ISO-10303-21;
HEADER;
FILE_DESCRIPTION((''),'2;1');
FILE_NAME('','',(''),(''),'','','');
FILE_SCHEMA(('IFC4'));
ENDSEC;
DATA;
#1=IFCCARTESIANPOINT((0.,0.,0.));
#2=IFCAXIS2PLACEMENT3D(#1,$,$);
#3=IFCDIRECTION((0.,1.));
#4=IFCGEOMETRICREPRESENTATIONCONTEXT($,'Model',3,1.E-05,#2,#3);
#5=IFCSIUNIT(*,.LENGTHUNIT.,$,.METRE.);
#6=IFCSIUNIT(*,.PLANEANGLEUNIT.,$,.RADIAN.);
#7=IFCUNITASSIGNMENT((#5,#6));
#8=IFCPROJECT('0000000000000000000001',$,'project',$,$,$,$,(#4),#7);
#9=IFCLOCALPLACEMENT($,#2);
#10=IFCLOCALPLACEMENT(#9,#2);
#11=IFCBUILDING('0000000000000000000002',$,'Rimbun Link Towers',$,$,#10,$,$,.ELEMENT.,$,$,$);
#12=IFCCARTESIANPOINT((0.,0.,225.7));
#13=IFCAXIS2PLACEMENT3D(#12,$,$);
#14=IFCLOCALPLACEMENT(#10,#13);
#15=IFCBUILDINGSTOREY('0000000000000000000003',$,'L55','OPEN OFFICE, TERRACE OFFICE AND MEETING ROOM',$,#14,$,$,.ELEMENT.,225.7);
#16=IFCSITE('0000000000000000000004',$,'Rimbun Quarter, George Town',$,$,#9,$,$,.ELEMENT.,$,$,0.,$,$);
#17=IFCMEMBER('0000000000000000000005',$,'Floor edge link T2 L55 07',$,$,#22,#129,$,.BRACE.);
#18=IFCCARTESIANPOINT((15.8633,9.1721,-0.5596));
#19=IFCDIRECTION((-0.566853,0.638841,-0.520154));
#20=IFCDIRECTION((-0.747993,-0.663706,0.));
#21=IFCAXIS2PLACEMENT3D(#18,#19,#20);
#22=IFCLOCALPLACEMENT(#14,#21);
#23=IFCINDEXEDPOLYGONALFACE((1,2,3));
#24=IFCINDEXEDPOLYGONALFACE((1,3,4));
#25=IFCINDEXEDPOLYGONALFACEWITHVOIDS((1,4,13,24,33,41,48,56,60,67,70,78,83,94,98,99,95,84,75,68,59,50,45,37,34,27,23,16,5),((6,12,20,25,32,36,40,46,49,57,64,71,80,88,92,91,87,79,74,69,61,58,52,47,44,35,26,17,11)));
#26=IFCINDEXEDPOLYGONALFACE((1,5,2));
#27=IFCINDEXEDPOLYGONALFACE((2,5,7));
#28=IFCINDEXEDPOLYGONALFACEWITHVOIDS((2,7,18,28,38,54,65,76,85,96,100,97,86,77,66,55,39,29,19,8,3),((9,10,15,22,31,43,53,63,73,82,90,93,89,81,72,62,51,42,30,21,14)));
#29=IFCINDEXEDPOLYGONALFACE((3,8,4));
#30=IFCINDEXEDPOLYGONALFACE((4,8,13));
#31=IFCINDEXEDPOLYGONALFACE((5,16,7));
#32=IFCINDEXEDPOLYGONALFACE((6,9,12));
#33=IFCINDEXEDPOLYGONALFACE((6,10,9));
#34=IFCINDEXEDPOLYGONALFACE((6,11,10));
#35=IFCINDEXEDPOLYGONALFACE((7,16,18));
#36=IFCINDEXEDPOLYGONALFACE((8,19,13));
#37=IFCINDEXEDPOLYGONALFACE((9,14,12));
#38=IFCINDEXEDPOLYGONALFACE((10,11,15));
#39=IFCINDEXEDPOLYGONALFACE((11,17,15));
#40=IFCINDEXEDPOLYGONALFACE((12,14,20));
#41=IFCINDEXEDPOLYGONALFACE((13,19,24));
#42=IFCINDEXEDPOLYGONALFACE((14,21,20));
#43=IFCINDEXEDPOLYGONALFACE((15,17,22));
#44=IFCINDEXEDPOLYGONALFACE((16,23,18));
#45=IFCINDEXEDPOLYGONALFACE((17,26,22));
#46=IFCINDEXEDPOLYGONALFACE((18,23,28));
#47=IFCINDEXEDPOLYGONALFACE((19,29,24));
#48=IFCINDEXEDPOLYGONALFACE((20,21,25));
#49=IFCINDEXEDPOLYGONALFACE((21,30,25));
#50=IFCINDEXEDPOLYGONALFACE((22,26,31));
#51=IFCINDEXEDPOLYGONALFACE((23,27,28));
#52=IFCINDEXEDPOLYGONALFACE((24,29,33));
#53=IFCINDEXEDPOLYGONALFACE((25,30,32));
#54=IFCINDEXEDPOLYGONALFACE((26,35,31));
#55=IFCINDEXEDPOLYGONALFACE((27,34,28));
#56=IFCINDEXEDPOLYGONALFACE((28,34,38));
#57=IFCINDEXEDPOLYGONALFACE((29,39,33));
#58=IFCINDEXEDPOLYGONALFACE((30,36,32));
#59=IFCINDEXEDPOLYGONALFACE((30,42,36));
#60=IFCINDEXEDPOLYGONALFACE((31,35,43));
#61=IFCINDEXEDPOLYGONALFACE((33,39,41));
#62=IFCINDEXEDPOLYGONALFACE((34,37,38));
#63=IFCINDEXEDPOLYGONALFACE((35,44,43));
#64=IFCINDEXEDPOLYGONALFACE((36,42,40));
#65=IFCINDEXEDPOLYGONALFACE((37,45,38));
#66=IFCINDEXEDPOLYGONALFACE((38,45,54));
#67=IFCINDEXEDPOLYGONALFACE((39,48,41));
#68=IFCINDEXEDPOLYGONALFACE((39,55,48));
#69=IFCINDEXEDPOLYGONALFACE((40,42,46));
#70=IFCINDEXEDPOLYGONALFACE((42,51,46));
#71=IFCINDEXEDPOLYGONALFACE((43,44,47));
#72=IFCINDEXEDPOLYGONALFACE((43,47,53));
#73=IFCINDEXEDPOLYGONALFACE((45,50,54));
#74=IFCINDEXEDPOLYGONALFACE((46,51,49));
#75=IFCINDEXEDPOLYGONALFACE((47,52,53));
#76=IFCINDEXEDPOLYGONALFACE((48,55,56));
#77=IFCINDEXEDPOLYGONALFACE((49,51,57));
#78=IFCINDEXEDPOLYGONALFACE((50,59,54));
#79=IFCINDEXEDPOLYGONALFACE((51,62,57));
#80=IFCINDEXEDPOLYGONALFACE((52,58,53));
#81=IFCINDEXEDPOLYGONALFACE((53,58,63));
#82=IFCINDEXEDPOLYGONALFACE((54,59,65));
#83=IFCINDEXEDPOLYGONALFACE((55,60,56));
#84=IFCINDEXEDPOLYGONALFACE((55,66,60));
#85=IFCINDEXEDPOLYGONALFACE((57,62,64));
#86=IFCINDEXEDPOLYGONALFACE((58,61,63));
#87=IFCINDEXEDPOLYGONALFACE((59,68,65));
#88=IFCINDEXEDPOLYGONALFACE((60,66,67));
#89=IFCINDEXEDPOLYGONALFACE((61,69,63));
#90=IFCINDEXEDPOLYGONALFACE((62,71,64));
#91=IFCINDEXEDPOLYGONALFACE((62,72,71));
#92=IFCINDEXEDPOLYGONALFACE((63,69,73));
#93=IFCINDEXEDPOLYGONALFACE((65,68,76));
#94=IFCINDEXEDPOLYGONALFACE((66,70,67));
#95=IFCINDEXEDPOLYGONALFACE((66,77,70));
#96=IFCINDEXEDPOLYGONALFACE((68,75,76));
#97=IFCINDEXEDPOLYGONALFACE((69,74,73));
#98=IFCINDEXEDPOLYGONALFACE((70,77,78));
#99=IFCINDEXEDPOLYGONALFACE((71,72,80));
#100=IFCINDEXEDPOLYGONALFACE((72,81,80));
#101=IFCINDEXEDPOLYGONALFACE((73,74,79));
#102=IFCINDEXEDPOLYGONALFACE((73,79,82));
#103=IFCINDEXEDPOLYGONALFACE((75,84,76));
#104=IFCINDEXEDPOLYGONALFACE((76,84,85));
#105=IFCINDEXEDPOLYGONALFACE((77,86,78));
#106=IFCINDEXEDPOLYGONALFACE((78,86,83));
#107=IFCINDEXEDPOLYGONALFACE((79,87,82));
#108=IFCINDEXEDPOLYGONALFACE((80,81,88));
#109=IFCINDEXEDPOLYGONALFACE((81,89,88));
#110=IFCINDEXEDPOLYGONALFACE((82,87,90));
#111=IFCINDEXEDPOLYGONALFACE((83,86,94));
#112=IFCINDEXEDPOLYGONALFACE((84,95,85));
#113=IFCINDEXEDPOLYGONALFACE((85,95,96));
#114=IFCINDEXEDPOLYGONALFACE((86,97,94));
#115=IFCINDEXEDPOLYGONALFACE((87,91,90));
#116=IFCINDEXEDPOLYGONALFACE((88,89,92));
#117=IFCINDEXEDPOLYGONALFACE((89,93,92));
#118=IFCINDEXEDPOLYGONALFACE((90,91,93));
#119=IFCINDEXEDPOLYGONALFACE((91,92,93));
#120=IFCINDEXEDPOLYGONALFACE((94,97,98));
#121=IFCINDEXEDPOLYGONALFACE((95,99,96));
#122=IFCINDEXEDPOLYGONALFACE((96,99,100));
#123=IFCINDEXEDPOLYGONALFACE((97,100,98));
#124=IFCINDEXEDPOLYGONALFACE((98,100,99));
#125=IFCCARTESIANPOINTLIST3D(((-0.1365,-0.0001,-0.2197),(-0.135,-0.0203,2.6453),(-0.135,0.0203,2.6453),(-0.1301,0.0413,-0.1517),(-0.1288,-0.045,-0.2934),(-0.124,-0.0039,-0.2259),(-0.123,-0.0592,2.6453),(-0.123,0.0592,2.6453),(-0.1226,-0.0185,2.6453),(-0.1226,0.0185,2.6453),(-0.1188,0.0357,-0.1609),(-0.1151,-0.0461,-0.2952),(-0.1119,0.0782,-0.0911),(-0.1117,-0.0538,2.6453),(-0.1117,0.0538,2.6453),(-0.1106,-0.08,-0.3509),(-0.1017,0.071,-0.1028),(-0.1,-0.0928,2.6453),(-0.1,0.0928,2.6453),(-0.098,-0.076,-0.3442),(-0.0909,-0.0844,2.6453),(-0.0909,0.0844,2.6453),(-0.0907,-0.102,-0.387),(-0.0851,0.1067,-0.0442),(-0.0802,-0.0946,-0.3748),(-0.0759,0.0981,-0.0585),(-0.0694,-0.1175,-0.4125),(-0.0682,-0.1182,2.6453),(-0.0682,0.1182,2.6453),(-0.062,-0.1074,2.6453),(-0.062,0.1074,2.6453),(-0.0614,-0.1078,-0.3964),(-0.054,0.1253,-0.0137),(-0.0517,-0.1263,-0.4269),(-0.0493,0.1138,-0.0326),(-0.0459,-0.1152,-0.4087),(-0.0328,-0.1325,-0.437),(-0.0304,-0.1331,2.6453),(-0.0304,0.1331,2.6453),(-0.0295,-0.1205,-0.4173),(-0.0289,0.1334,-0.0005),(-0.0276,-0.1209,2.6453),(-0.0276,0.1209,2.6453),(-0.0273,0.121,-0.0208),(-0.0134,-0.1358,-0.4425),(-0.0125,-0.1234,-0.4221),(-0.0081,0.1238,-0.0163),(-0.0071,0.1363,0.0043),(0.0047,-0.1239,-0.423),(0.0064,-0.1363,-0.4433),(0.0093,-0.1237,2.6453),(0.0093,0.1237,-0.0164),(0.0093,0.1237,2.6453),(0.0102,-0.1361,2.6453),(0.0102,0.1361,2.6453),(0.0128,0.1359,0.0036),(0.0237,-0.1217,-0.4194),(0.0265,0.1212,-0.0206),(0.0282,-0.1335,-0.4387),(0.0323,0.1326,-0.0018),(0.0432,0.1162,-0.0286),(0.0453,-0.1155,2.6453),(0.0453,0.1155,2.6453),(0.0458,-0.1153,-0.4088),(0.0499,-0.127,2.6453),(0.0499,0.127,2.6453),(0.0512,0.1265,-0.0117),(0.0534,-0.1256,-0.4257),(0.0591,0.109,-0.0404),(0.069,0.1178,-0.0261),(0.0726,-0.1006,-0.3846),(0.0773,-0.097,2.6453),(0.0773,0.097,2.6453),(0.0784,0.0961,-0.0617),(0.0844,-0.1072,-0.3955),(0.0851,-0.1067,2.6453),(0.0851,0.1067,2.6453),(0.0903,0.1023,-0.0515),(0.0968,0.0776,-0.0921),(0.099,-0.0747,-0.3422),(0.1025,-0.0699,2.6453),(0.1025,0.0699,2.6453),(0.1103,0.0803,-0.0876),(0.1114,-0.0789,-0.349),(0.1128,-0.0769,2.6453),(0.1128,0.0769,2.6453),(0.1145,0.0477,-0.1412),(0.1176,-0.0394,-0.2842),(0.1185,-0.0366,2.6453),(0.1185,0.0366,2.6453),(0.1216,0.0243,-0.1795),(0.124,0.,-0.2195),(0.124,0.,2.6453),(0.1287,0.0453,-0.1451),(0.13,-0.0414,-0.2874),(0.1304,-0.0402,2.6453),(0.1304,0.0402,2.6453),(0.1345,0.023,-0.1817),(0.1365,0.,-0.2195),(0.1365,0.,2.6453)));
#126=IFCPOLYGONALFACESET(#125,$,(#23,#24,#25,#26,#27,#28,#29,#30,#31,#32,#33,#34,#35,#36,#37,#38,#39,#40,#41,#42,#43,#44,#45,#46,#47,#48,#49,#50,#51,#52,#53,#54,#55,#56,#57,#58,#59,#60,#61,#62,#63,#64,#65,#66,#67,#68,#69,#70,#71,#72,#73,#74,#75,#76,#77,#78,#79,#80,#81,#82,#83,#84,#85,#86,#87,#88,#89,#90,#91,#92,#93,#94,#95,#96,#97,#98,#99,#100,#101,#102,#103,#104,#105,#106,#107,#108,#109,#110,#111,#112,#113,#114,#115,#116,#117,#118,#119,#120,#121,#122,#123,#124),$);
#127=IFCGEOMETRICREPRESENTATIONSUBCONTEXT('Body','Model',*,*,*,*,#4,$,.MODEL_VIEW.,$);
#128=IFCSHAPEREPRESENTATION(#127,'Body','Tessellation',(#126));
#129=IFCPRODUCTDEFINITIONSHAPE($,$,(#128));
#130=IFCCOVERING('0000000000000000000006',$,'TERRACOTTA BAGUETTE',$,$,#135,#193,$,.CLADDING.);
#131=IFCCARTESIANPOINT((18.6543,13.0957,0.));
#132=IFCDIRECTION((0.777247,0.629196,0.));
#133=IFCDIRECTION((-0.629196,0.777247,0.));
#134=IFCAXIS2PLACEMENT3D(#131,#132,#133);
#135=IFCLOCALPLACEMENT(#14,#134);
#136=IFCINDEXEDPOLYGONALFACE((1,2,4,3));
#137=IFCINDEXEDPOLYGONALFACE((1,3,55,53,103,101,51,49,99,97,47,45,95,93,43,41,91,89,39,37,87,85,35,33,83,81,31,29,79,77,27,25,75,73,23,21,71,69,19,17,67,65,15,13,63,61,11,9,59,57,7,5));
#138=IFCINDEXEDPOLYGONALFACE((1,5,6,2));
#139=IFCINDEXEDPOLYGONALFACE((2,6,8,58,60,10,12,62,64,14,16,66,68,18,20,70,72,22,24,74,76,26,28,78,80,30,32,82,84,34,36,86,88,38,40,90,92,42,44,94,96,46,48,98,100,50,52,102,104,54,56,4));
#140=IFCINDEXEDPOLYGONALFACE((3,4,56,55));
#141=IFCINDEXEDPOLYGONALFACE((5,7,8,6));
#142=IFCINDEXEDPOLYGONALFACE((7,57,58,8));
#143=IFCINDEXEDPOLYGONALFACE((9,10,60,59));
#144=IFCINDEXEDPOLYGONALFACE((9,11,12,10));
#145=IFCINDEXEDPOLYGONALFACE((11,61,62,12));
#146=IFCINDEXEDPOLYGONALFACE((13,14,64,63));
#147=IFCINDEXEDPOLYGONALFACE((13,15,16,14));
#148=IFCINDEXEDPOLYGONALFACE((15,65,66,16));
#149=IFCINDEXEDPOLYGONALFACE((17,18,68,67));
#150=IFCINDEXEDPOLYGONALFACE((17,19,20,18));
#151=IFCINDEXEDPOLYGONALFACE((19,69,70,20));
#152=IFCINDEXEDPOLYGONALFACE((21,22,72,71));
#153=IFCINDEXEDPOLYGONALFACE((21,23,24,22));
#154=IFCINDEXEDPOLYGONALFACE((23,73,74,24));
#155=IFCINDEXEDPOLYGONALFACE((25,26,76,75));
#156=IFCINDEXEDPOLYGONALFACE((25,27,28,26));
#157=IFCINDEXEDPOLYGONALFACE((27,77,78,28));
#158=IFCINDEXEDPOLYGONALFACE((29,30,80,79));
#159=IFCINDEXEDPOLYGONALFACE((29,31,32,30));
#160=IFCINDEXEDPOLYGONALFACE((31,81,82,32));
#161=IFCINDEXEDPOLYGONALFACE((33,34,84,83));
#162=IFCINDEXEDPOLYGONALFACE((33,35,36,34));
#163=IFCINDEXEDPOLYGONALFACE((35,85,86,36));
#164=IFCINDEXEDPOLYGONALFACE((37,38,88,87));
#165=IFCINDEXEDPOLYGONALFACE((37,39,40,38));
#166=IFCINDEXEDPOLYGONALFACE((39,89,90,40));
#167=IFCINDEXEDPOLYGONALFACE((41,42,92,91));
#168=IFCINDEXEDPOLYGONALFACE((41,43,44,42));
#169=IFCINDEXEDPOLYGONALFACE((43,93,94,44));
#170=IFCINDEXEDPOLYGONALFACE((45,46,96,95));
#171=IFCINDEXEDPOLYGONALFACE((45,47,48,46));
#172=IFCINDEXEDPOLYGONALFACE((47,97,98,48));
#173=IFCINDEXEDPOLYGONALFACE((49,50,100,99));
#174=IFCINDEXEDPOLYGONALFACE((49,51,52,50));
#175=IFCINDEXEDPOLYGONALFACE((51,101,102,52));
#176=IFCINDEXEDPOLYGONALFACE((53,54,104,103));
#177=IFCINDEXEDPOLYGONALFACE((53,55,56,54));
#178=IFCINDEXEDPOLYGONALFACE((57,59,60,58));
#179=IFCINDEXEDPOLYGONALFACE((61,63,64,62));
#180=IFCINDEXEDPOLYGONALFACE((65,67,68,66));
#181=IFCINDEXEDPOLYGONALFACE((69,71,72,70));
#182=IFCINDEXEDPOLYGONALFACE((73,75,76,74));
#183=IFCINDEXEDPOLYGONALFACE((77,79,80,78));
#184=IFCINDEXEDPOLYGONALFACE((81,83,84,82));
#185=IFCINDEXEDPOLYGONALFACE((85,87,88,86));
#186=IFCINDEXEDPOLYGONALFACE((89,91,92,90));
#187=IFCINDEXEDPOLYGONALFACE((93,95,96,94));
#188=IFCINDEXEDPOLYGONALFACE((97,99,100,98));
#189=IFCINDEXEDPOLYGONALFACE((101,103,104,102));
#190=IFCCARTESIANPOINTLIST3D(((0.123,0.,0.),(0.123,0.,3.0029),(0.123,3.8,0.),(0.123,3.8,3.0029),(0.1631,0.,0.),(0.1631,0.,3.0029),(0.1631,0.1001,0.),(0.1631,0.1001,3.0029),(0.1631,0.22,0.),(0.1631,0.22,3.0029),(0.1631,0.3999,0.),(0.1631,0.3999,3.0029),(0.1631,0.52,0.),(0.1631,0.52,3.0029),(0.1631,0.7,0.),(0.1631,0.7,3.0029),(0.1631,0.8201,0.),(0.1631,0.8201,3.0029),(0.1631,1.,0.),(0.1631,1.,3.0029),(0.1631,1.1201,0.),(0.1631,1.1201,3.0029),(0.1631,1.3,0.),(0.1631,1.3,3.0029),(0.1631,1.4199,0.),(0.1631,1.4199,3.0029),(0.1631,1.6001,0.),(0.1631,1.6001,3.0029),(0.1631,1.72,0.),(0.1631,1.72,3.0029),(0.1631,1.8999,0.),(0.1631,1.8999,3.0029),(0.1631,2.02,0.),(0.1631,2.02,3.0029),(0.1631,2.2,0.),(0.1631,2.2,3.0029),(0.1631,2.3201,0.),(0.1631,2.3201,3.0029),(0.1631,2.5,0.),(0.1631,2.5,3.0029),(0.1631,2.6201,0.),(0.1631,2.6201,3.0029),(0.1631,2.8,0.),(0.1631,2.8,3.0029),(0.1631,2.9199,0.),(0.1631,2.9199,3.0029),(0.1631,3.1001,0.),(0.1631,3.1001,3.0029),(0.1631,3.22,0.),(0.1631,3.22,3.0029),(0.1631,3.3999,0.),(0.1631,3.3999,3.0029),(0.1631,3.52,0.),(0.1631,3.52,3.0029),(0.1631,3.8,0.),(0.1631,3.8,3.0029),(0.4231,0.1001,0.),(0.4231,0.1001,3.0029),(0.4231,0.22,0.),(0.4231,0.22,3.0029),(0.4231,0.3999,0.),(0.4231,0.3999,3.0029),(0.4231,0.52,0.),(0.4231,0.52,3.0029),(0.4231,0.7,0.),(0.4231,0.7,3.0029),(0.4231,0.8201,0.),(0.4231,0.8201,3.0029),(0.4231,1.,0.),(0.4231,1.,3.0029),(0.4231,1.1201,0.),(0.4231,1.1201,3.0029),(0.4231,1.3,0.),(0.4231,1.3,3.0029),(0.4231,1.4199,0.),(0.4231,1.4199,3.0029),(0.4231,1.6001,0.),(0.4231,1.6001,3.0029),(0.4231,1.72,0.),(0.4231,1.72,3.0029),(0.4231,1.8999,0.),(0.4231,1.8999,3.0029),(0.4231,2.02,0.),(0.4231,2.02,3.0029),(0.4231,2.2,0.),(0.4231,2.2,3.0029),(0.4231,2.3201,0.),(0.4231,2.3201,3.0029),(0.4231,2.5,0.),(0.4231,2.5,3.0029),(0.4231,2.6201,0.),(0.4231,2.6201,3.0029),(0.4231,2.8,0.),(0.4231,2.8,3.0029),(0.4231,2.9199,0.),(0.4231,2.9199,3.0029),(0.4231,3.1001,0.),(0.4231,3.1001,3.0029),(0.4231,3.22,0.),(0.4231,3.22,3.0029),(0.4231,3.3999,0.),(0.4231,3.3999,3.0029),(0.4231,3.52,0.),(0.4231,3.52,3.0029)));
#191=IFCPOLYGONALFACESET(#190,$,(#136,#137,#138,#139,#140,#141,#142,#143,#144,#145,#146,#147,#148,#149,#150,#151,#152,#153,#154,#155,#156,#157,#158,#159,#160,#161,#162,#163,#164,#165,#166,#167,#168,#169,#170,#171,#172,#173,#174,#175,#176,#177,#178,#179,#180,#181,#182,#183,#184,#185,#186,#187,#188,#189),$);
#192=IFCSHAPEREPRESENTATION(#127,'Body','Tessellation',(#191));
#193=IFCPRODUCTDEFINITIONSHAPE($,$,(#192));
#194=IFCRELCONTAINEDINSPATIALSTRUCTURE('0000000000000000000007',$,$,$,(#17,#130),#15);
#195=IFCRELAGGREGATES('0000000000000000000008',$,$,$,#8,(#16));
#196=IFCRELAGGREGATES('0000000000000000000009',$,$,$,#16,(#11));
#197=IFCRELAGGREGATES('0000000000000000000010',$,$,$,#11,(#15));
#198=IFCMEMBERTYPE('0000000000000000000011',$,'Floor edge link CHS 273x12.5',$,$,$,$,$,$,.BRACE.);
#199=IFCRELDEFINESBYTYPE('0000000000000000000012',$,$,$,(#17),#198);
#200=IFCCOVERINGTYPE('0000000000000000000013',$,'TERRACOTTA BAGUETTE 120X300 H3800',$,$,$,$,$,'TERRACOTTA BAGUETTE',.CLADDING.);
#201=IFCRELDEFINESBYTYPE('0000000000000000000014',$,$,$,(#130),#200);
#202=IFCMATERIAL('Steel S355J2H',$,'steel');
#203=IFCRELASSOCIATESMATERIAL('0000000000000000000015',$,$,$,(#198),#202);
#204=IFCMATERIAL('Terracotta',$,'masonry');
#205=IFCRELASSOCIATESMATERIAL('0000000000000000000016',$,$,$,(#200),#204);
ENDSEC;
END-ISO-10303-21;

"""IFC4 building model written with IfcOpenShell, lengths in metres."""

from ifc_helpers import new_model, si_unit, direction, frame, origin, origin_2d, place, context, subcontext, project, spatial, polyline, hollow_circle, outline, extrude, clip, halfspace, material, material_profile, profile_set, type_object, element, save


model = new_model("IFC4")

# Units and contexts
model_context = context("Model", 3, precision=1e-05, world=origin(), true_north=direction((0.0, 1.0)))
body_context = subcontext(model_context, "Body", "Model", "MODEL_VIEW")
ifc_project = project(units=[si_unit("LENGTHUNIT", "METRE"), si_unit("PLANEANGLEUNIT", "RADIAN")], contexts=[model_context])

# Site, building, storey
site_placement = place(None, origin())
site = spatial("IfcSite", under=ifc_project, at=site_placement, Name="Rimbun Quarter, George Town", CompositionType="ELEMENT", RefElevation=0.0)
building_placement = place(site_placement, origin())
building = spatial("IfcBuilding", under=site, at=building_placement, Name="Rimbun Link Towers", CompositionType="ELEMENT")
storey_placement = place(building_placement, frame((0.0, 0.0, 225.7)))
storey = spatial("IfcBuildingStorey", under=building, at=storey_placement, Name="L55", Description="OPEN OFFICE, TERRACE OFFICE AND MEETING ROOM", CompositionType="ELEMENT", Elevation=225.7)

# Member
ifc_material_1 = material(Name="Steel S355J2H", Category="steel")
ifc_material_profile_1 = material_profile(ifc_material_1, hollow_circle(Radius=0.1365, WallThickness=0.0125, at=origin_2d()), Name="CHS 273x12.5")
ifc_profile_set_1 = profile_set([ifc_material_profile_1], Name="Steel S355J2H")
member_type_1 = type_object("IfcMemberType", Name="Floor edge link CHS 273x12.5", PredefinedType="BRACE", material=ifc_profile_set_1)
member_1_placement = place(storey_placement, frame((15.8633, 9.1721, -0.5596), z_axis=(-0.566853, 0.638841, -0.520154), x_axis=(-0.747993, -0.663706, 0.0)))
element("IfcMember", 1, at=member_1_placement, inside=storey, type_object=member_type_1, Name="Floor edge link T2 L55 07", PredefinedType="BRACE", context=body_context, shape_type="Clipping", body=[
    clip(extrude(hollow_circle(Radius=0.1365, WallThickness=0.0125, at=origin_2d()), frame((0.0, 0.0, -0.4675)), (0.0, 0.0, 1.0), 3.1128), halfspace(frame((0.0, 0.0, -0.2195), z_axis=(0.0, 0.854073, -0.520154)), False)),
])

# Covering
ifc_material_2 = material(Name="Terracotta", Category="masonry")
ifc_material_profile_2 = material_profile(ifc_material_2, outline(polyline([(0.123, 0.0), (0.1631, 0.0), (0.1631, 0.1001), (0.4231, 0.1001), (0.4231, 0.22), (0.1631, 0.22), (0.1631, 0.3999), (0.4231, 0.3999), (0.4231, 0.52), (0.1631, 0.52), (0.1631, 0.7), (0.4231, 0.7), (0.4231, 0.8201), (0.1631, 0.8201), (0.1631, 1.0), (0.4231, 1.0), (0.4231, 1.1201), (0.1631, 1.1201), (0.1631, 1.3), (0.4231, 1.3), (0.4231, 1.4199), (0.1631, 1.4199), (0.1631, 1.6001), (0.4231, 1.6001), (0.4231, 1.72), (0.1631, 1.72), (0.1631, 1.8999), (0.4231, 1.8999), (0.4231, 2.02), (0.1631, 2.02), (0.1631, 2.2), (0.4231, 2.2), (0.4231, 2.3201), (0.1631, 2.3201), (0.1631, 2.5), (0.4231, 2.5), (0.4231, 2.6201), (0.1631, 2.6201), (0.1631, 2.8), (0.4231, 2.8), (0.4231, 2.9199), (0.1631, 2.9199), (0.1631, 3.1001), (0.4231, 3.1001), (0.4231, 3.22), (0.1631, 3.22), (0.1631, 3.3999), (0.4231, 3.3999), (0.4231, 3.52), (0.1631, 3.52), (0.1631, 3.8), (0.123, 3.8), (0.123, 0.0)])), Name="BAGUETTE 120X300")
ifc_profile_set_2 = profile_set([ifc_material_profile_2], Name="Terracotta")
covering_type = type_object("IfcCoveringType", Name="TERRACOTTA BAGUETTE 120X300 H3800", ElementType="TERRACOTTA BAGUETTE", PredefinedType="CLADDING", material=ifc_profile_set_2)
covering_1_placement = place(storey_placement, frame((18.6543, 13.0957, 0.0), z_axis=(0.777247, 0.629196, 0.0), x_axis=(-0.629196, 0.777247, 0.0)))
element("IfcCovering", 2, at=covering_1_placement, inside=storey, type_object=covering_type, Name="TERRACOTTA BAGUETTE", PredefinedType="CLADDING", context=body_context, shape_type="SweptSolid", body=[
    extrude(outline(polyline([(0.123, 0.0), (0.1631, 0.0), (0.1631, 0.1001), (0.4231, 0.1001), (0.4231, 0.22), (0.1631, 0.22), (0.1631, 0.3999), (0.4231, 0.3999), (0.4231, 0.52), (0.1631, 0.52), (0.1631, 0.7), (0.4231, 0.7), (0.4231, 0.8201), (0.1631, 0.8201), (0.1631, 1.0), (0.4231, 1.0), (0.4231, 1.1201), (0.1631, 1.1201), (0.1631, 1.3), (0.4231, 1.3), (0.4231, 1.4199), (0.1631, 1.4199), (0.1631, 1.6001), (0.4231, 1.6001), (0.4231, 1.72), (0.1631, 1.72), (0.1631, 1.8999), (0.4231, 1.8999), (0.4231, 2.02), (0.1631, 2.02), (0.1631, 2.2), (0.4231, 2.2), (0.4231, 2.3201), (0.1631, 2.3201), (0.1631, 2.5), (0.4231, 2.5), (0.4231, 2.6201), (0.1631, 2.6201), (0.1631, 2.8), (0.4231, 2.8), (0.4231, 2.9199), (0.1631, 2.9199), (0.1631, 3.1001), (0.4231, 3.1001), (0.4231, 3.22), (0.1631, 3.22), (0.1631, 3.3999), (0.4231, 3.3999), (0.4231, 3.52), (0.1631, 3.52), (0.1631, 3.8), (0.123, 3.8), (0.123, 0.0)])), origin(), (0.0, 0.0, 1.0), 3.0029),
])

save(model, "model.ifc")
